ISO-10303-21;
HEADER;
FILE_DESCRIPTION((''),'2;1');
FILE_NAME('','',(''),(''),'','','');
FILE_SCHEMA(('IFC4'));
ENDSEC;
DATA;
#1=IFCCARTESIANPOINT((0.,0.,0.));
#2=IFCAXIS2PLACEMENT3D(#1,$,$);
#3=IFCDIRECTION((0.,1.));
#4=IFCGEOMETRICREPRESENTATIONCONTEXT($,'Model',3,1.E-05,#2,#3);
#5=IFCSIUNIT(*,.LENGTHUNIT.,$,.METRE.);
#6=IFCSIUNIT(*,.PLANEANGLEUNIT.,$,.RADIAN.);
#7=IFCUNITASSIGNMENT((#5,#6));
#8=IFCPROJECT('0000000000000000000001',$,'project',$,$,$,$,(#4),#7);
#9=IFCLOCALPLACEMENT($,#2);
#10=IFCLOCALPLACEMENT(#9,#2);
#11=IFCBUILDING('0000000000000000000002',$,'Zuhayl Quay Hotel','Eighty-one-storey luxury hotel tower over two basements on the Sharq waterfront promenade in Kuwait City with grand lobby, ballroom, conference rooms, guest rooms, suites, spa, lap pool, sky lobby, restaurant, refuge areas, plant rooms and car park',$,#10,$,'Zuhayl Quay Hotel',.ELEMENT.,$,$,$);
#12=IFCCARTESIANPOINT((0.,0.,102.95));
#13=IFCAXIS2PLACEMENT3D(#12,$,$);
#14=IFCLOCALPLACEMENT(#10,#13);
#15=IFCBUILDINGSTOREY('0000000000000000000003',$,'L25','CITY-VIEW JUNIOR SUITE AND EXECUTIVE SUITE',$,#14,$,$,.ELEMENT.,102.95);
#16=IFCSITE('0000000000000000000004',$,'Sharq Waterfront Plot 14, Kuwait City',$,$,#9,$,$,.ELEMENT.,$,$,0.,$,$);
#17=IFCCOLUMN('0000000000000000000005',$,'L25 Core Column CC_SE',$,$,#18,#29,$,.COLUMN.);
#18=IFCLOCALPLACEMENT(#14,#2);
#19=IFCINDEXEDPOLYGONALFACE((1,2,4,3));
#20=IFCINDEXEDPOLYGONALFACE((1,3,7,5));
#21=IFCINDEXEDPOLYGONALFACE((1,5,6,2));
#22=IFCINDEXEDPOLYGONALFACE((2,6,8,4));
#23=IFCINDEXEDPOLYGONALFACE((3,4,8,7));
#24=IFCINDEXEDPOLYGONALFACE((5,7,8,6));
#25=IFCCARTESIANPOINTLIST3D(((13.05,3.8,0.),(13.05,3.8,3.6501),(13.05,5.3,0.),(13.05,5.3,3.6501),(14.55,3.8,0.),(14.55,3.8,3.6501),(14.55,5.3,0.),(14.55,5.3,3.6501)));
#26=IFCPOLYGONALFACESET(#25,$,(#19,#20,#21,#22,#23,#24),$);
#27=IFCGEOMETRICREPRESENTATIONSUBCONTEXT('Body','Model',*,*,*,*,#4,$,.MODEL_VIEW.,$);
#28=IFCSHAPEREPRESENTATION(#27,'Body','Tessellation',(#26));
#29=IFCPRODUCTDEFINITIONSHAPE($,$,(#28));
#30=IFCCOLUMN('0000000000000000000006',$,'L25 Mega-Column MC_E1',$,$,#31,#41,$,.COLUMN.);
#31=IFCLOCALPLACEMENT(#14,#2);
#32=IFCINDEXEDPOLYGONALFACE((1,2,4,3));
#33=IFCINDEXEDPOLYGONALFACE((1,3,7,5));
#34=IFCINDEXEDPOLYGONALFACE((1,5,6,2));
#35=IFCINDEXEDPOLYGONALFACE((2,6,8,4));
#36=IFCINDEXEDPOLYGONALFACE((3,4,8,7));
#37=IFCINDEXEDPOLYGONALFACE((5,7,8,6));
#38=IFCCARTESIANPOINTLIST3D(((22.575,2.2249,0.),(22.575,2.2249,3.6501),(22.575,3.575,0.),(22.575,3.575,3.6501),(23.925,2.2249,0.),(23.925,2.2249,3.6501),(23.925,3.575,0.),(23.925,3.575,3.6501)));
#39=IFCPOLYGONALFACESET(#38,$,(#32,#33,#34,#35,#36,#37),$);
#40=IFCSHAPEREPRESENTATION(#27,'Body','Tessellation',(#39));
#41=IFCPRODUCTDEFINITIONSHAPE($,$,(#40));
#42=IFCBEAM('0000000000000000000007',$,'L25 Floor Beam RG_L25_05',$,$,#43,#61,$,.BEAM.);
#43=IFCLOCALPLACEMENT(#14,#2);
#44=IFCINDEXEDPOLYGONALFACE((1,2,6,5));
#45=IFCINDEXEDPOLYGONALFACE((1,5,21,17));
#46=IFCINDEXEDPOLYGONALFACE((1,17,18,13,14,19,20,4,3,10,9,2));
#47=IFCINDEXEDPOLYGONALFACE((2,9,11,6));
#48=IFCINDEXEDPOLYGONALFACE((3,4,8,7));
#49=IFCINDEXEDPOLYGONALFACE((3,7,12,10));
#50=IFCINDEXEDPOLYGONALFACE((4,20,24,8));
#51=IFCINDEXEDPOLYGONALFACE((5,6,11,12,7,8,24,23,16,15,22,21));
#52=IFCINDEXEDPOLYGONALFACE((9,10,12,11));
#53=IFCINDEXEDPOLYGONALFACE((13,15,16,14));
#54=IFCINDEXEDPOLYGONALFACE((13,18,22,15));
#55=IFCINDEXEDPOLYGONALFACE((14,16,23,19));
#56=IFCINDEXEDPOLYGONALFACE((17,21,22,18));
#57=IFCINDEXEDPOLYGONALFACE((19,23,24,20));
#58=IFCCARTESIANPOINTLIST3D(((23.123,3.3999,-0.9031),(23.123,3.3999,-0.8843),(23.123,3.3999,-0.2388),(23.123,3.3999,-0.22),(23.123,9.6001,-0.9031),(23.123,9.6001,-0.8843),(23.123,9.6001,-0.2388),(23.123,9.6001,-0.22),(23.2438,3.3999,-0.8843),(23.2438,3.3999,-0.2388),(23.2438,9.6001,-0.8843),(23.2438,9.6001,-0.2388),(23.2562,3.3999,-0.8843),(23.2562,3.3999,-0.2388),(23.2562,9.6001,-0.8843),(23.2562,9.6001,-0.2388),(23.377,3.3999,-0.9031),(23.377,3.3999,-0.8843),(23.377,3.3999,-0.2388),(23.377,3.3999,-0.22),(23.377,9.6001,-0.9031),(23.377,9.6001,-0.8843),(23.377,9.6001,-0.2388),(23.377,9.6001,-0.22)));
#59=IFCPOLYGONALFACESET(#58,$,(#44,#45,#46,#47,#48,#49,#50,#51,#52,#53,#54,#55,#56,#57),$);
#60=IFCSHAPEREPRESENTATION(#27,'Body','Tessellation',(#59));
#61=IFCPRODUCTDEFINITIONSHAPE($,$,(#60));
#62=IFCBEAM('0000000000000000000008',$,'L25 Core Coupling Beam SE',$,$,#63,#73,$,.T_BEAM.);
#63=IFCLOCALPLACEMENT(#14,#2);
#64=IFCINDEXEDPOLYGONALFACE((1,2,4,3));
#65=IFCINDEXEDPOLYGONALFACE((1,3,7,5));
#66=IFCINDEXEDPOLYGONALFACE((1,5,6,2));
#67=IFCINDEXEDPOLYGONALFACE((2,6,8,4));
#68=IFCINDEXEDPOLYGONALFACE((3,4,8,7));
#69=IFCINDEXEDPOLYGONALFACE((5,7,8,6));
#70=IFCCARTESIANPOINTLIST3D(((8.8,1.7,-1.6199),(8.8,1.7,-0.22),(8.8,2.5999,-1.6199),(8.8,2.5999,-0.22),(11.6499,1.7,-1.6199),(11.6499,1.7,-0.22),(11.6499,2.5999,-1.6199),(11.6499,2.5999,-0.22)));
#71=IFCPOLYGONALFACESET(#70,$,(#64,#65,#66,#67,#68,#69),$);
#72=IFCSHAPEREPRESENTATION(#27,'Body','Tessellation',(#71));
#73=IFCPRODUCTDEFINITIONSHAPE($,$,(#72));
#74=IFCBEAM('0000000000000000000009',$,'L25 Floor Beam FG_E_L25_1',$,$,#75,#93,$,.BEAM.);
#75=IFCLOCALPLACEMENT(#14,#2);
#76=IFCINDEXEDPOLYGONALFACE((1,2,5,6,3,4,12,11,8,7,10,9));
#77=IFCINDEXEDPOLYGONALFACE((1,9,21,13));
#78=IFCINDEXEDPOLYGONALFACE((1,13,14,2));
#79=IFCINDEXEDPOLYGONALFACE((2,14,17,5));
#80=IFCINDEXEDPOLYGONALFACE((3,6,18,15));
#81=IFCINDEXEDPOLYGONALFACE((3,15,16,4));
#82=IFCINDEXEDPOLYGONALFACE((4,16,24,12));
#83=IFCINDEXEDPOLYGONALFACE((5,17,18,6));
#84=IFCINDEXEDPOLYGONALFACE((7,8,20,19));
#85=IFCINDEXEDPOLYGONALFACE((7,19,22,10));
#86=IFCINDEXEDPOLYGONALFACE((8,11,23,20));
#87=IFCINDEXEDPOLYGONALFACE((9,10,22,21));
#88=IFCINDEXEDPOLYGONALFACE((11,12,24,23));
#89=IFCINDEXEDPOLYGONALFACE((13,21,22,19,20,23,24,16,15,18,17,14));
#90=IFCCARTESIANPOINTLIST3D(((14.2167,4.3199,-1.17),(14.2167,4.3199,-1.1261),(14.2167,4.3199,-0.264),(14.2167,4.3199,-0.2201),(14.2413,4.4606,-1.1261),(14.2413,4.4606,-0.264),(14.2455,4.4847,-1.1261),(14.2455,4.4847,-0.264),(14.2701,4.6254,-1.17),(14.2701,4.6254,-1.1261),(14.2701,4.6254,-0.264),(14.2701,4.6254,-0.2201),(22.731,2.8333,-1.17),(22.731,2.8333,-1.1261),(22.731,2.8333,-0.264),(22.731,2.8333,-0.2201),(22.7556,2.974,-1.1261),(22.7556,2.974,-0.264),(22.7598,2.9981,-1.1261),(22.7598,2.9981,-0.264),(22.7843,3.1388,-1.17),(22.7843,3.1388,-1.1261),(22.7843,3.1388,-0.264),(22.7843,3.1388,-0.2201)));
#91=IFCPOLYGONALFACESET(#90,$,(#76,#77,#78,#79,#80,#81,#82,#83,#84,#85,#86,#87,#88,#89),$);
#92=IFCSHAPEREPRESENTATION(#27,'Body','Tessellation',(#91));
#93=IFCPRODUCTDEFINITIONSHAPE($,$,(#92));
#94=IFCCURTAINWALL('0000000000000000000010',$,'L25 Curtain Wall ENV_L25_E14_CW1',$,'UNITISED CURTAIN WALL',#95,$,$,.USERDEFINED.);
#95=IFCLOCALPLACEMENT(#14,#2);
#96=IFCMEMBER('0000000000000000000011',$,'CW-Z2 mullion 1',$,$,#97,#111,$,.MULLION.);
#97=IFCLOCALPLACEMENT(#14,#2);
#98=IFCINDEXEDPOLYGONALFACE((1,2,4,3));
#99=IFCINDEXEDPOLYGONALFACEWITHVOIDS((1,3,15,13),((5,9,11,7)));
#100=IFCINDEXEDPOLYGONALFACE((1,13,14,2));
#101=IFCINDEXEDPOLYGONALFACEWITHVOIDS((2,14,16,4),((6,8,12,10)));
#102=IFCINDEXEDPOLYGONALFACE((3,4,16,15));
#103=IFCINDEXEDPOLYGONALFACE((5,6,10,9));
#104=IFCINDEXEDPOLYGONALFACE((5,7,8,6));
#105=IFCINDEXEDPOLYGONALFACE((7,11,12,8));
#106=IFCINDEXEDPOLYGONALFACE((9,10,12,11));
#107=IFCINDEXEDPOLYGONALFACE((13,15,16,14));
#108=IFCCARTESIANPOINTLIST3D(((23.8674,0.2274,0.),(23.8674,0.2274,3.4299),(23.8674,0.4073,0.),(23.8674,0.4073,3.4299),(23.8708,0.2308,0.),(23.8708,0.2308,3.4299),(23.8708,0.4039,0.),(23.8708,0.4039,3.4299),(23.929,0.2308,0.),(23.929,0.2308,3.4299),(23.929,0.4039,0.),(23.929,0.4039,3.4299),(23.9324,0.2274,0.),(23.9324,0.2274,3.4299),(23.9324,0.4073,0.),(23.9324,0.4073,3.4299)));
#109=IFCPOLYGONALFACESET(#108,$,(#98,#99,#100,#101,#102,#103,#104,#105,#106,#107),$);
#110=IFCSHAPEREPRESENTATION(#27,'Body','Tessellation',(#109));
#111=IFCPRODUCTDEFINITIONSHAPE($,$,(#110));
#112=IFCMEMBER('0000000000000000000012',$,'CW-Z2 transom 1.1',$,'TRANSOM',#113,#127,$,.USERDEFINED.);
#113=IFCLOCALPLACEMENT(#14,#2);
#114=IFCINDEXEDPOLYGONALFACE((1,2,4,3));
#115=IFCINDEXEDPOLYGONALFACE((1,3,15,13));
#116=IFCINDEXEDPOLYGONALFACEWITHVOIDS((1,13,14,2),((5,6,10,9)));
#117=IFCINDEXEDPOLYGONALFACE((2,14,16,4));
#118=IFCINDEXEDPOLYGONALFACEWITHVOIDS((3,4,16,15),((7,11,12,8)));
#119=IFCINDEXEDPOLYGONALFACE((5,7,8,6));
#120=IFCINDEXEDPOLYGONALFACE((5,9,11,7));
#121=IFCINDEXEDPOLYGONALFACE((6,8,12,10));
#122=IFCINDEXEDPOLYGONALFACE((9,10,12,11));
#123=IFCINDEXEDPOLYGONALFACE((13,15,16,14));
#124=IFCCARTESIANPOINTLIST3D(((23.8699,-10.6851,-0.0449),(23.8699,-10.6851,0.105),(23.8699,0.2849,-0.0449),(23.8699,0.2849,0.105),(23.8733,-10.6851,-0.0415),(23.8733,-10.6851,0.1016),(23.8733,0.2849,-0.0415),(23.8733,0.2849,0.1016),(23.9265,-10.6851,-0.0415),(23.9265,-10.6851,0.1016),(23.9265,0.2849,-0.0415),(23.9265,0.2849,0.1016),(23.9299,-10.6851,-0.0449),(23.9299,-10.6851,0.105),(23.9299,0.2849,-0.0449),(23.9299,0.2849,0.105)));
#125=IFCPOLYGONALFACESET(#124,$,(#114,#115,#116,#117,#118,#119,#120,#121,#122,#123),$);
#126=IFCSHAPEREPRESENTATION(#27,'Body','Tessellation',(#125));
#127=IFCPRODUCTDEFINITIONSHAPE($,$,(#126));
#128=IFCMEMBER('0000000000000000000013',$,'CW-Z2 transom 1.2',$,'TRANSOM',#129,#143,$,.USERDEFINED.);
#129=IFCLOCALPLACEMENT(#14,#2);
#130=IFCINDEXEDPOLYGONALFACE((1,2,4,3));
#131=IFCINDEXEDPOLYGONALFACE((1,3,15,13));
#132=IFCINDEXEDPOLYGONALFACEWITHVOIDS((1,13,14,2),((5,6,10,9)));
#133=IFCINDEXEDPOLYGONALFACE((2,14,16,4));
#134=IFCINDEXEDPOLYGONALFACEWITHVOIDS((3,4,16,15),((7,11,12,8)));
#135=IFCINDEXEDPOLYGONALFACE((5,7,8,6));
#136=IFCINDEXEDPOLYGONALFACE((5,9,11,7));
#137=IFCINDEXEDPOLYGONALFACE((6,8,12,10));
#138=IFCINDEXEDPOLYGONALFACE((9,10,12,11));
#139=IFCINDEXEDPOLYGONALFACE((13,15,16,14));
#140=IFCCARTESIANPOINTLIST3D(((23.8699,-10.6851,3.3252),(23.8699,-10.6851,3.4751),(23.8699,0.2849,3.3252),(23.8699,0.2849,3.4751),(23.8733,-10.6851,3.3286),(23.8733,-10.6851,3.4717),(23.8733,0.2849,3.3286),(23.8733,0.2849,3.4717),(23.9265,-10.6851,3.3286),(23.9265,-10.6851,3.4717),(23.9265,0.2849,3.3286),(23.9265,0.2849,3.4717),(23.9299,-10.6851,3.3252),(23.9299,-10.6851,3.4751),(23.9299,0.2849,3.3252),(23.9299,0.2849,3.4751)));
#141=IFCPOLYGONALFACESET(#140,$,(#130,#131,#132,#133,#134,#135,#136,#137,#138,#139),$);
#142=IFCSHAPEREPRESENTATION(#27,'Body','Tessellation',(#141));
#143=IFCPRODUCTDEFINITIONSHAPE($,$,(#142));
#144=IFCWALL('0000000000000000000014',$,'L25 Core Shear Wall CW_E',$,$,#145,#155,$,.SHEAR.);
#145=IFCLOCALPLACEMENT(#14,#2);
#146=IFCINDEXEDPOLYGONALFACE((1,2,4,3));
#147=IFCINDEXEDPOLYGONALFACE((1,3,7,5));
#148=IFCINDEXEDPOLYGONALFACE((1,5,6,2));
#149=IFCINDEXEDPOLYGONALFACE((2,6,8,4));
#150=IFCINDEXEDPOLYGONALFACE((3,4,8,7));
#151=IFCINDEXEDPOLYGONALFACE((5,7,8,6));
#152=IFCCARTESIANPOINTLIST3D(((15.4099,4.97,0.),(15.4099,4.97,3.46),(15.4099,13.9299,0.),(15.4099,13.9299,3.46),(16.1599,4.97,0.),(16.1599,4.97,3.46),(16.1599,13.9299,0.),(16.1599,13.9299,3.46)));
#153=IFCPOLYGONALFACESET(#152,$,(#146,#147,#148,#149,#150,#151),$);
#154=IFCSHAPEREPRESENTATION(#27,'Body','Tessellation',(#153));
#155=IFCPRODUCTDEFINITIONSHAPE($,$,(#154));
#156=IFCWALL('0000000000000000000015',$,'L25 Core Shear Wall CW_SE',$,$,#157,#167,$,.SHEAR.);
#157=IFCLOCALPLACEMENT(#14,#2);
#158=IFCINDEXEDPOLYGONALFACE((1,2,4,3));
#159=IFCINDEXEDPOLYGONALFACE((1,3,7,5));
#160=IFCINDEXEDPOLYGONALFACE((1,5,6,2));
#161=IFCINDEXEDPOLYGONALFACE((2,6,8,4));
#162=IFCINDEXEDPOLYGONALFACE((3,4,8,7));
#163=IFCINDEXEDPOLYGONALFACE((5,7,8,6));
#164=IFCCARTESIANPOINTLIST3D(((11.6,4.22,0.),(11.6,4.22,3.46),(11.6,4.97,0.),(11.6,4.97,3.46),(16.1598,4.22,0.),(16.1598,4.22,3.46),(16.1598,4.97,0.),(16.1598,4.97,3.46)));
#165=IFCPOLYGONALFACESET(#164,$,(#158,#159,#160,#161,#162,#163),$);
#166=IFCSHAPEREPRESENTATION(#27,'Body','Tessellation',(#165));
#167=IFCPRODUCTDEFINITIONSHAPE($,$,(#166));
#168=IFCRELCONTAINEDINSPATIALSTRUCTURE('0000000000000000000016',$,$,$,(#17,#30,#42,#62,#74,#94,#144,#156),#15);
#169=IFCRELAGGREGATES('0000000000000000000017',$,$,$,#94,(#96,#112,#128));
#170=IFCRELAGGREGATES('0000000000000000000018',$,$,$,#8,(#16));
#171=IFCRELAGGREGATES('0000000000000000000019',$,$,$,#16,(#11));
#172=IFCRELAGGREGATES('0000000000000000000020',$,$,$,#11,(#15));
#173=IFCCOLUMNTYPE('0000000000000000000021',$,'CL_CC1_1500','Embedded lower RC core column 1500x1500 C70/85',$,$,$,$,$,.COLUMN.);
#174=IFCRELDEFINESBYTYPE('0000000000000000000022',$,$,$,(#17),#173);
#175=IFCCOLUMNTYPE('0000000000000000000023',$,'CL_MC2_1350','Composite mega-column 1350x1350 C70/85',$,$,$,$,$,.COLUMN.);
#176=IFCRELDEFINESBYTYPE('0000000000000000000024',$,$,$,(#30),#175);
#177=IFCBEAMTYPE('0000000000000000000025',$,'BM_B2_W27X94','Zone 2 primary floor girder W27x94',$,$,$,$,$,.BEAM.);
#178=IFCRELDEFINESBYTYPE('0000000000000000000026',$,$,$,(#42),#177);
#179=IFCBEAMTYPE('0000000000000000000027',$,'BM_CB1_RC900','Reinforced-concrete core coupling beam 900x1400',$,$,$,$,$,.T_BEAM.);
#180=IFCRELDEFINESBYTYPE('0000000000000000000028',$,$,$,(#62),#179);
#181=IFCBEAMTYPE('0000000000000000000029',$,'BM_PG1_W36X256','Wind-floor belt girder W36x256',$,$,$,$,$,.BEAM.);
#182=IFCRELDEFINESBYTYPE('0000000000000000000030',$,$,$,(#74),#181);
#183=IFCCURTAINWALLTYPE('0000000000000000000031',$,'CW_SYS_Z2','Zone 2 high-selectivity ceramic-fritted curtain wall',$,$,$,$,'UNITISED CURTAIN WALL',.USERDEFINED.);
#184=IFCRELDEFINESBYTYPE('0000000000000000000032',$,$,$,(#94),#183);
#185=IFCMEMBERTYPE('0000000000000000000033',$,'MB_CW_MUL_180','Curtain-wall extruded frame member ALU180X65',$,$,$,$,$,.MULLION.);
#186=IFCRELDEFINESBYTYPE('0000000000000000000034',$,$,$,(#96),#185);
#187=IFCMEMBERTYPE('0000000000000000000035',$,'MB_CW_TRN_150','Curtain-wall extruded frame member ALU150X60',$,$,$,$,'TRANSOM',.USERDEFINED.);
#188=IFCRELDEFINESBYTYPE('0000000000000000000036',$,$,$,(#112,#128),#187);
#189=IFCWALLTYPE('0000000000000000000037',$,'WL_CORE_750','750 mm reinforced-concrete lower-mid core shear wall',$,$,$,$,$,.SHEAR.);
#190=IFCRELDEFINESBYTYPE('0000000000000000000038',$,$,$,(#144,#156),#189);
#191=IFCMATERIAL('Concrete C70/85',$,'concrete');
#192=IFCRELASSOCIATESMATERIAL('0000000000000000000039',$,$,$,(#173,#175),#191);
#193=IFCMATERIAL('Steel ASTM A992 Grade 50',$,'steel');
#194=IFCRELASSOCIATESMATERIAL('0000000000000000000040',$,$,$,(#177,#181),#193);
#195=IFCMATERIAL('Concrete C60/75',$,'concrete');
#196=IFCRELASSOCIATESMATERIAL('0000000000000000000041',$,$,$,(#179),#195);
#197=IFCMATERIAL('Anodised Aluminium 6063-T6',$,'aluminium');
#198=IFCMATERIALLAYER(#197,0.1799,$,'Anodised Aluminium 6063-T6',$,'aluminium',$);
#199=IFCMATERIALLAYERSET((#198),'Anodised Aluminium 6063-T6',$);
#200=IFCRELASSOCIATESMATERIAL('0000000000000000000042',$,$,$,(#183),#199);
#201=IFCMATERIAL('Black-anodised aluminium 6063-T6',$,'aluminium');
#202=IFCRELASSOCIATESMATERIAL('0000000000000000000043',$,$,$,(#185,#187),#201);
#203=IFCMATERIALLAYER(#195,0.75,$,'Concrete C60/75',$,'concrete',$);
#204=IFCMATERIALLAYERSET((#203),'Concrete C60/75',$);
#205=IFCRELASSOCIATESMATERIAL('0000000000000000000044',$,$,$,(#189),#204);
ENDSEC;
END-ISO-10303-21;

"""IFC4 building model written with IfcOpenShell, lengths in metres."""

from ifc_helpers import new_model, si_unit, direction, frame, frame_2d, origin, origin_2d, place, context, subcontext, project, spatial, rectangle, hollow_rectangle, i_section, extrude, material, layer, layer_set, material_profile, profile_set, type_object, element, aggregate, save


model = new_model("IFC4")

# Units and contexts
model_context = context("Model", 3, precision=1e-05, world=origin(), true_north=direction((0.0, 1.0)))
body_context = subcontext(model_context, "Body", "Model", "MODEL_VIEW")
ifc_project = project(units=[si_unit("LENGTHUNIT", "METRE"), si_unit("PLANEANGLEUNIT", "RADIAN")], contexts=[model_context])

# Site, building, storey
site_placement = place(None, origin())
site = spatial("IfcSite", under=ifc_project, at=site_placement, Name="Sharq Waterfront Plot 14, Kuwait City", CompositionType="ELEMENT", RefElevation=0.0)
building_placement = place(site_placement, origin())
building = spatial("IfcBuilding", under=site, at=building_placement, Name="Zuhayl Quay Hotel", Description="Eighty-one-storey luxury hotel tower over two basements on the Sharq waterfront promenade in Kuwait City with grand lobby, ballroom, conference rooms, guest rooms, suites, spa, lap pool, sky lobby, restaurant, refuge areas, plant rooms and car park", LongName="Zuhayl Quay Hotel", CompositionType="ELEMENT")
storey_placement = place(building_placement, frame((0.0, 0.0, 102.95)))
storey = spatial("IfcBuildingStorey", under=building, at=storey_placement, Name="L25", Description="CITY-VIEW JUNIOR SUITE AND EXECUTIVE SUITE", CompositionType="ELEMENT", Elevation=102.95)

# Columns
ifc_material_1 = material(Name="Concrete C70/85", Category="concrete")
ifc_material_profile_1 = material_profile(ifc_material_1, rectangle(XDim=1.5, YDim=1.5, at=origin_2d()), Name="RC1500X1500")
ifc_profile_set_1 = profile_set([ifc_material_profile_1], Name="Concrete C70/85")
column_type_1 = type_object("IfcColumnType", Name="CL_CC1_1500", Description="Embedded lower RC core column 1500x1500 C70/85", PredefinedType="COLUMN", material=ifc_profile_set_1)
column_1_placement = place(storey_placement, frame((13.8, 4.55, 0.0), z_axis=(0.0, 0.0, 1.0), x_axis=(1.0, 0.0, 0.0)))
element("IfcColumn", 1, at=column_1_placement, inside=storey, type_object=column_type_1, Name="L25 Core Column CC_SE", PredefinedType="COLUMN", context=body_context, shape_type="SweptSolid", body=[
    extrude(rectangle(XDim=1.5, YDim=1.5, at=origin_2d()), origin(), (0.0, 0.0, 1.0), 3.6501),
])
ifc_material_profile_2 = material_profile(ifc_material_1, rectangle(XDim=1.3501, YDim=1.3501, at=origin_2d()), Name="RC1350X1350")
ifc_profile_set_2 = profile_set([ifc_material_profile_2], Name="Concrete C70/85")
column_type_2 = type_object("IfcColumnType", Name="CL_MC2_1350", Description="Composite mega-column 1350x1350 C70/85", PredefinedType="COLUMN", material=ifc_profile_set_2)
column_2_placement = place(storey_placement, frame((23.25, 2.8999, 0.0), z_axis=(0.0, 0.0, 1.0), x_axis=(1.0, 0.0, 0.0)))
element("IfcColumn", 2, at=column_2_placement, inside=storey, type_object=column_type_2, Name="L25 Mega-Column MC_E1", PredefinedType="COLUMN", context=body_context, shape_type="SweptSolid", body=[
    extrude(rectangle(XDim=1.3501, YDim=1.3501, at=origin_2d()), origin(), (0.0, 0.0, 1.0), 3.6501),
])

# Beams
ifc_material_2 = material(Name="Steel ASTM A992 Grade 50", Category="steel")
ifc_material_profile_3 = material_profile(ifc_material_2, i_section(OverallWidth=0.2539, OverallDepth=0.6831, WebThickness=0.0125, FlangeThickness=0.0188, at=origin_2d()), Name="W27X94")
ifc_profile_set_3 = profile_set([ifc_material_profile_3], Name="Steel ASTM A992 Grade 50")
beam_type_1 = type_object("IfcBeamType", Name="BM_B2_W27X94", Description="Zone 2 primary floor girder W27x94", PredefinedType="BEAM", material=ifc_profile_set_3)
beam_1_placement = place(storey_placement, frame((23.25, 3.3999, -0.5615), z_axis=(0.0, 1.0, 0.0), x_axis=(-1.0, 0.0, 0.0)))
element("IfcBeam", 3, at=beam_1_placement, inside=storey, type_object=beam_type_1, Name="L25 Floor Beam RG_L25_05", PredefinedType="BEAM", context=body_context, shape_type="SweptSolid", body=[
    extrude(i_section(OverallWidth=0.2539, OverallDepth=0.6831, WebThickness=0.0125, FlangeThickness=0.0188, at=origin_2d()), origin(), (0.0, 0.0, 1.0), 6.2002),
])
ifc_material_3 = material(Name="Concrete C60/75", Category="concrete")
ifc_material_profile_4 = material_profile(ifc_material_3, rectangle(XDim=0.8999, YDim=1.3999, at=origin_2d()), Name="RC900X1400")
ifc_profile_set_4 = profile_set([ifc_material_profile_4], Name="Concrete C60/75")
beam_type_2 = type_object("IfcBeamType", Name="BM_CB1_RC900", Description="Reinforced-concrete core coupling beam 900x1400", PredefinedType="T_BEAM", material=ifc_profile_set_4)
beam_2_placement = place(storey_placement, frame((8.8, 2.1499, -0.9199), z_axis=(1.0, 0.0, 0.0), x_axis=(0.0, 1.0, 0.0)))
element("IfcBeam", 4, at=beam_2_placement, inside=storey, type_object=beam_type_2, Name="L25 Core Coupling Beam SE", PredefinedType="T_BEAM", context=body_context, shape_type="SweptSolid", body=[
    extrude(rectangle(XDim=0.8999, YDim=1.3999, at=origin_2d()), origin(), (0.0, 0.0, 1.0), 2.8499),
])
ifc_material_profile_5 = material_profile(ifc_material_2, i_section(OverallWidth=0.3101, OverallDepth=0.95, WebThickness=0.0244, FlangeThickness=0.0439, at=origin_2d()), Name="W36X256")
ifc_profile_set_5 = profile_set([ifc_material_profile_5], Name="Steel ASTM A992 Grade 50")
beam_type_3 = type_object("IfcBeamType", Name="BM_PG1_W36X256", Description="Wind-floor belt girder W36x256", PredefinedType="BEAM", material=ifc_profile_set_5)
beam_3_placement = place(storey_placement, frame((14.2434, 4.4727, -0.6951), z_axis=(0.985097, -0.171998, 0.0), x_axis=(0.171998, 0.985097, 0.0)))
element("IfcBeam", 5, at=beam_3_placement, inside=storey, type_object=beam_type_3, Name="L25 Floor Beam FG_E_L25_1", PredefinedType="BEAM", context=body_context, shape_type="SweptSolid", body=[
    extrude(i_section(OverallWidth=0.3101, OverallDepth=0.95, WebThickness=0.0244, FlangeThickness=0.0439, at=origin_2d()), origin(), (0.0, 0.0, 1.0), 8.6431),
])

# Curtain wall, members
ifc_material_4 = material(Name="Anodised Aluminium 6063-T6", Category="aluminium")
ifc_layer_1 = layer(ifc_material_4, 0.1799, Name="Anodised Aluminium 6063-T6", Category="aluminium")
ifc_layer_set_1 = layer_set([ifc_layer_1], Name="Anodised Aluminium 6063-T6")
curtain_wall_type = type_object("IfcCurtainWallType", Name="CW_SYS_Z2", Description="Zone 2 high-selectivity ceramic-fritted curtain wall", ElementType="UNITISED CURTAIN WALL", PredefinedType="USERDEFINED", material=ifc_layer_set_1)
curtain_wall_placement = place(storey_placement, origin())
curtain_wall = element("IfcCurtainWall", 6, at=curtain_wall_placement, inside=storey, type_object=curtain_wall_type, Name="L25 Curtain Wall ENV_L25_E14_CW1", ObjectType="UNITISED CURTAIN WALL", PredefinedType="USERDEFINED")
ifc_material_5 = material(Name="Black-anodised aluminium 6063-T6", Category="aluminium")
ifc_material_profile_6 = material_profile(ifc_material_5, hollow_rectangle(XDim=0.0649, YDim=0.1799, WallThickness=0.0034, at=origin_2d()), Name="ALU180X65")
ifc_profile_set_6 = profile_set([ifc_material_profile_6], Name="Black-anodised aluminium 6063-T6")
member_type_1 = type_object("IfcMemberType", Name="MB_CW_MUL_180", Description="Curtain-wall extruded frame member ALU180X65", PredefinedType="MULLION", material=ifc_profile_set_6)
member_1_placement = place(storey_placement, frame((23.8999, 0.3174, 0.0), z_axis=(0.0, 0.0, 1.0), x_axis=(1.0, 0.0, 0.0)))
member_1 = element("IfcMember", 7, at=member_1_placement, type_object=member_type_1, Name="CW-Z2 mullion 1", PredefinedType="MULLION", context=body_context, shape_type="SweptSolid", body=[
    extrude(hollow_rectangle(XDim=0.0649, YDim=0.1799, WallThickness=0.0034, at=origin_2d()), origin(), (0.0, 0.0, 1.0), 3.4299),
])
ifc_material_profile_7 = material_profile(ifc_material_5, hollow_rectangle(XDim=0.0601, YDim=0.1499, WallThickness=0.0034, at=origin_2d()), Name="ALU150X60")
ifc_profile_set_7 = profile_set([ifc_material_profile_7], Name="Black-anodised aluminium 6063-T6")
member_type_2 = type_object("IfcMemberType", Name="MB_CW_TRN_150", Description="Curtain-wall extruded frame member ALU150X60", ElementType="TRANSOM", PredefinedType="USERDEFINED", material=ifc_profile_set_7)
member_2_placement = place(storey_placement, frame((23.8999, 0.2849, 0.03), z_axis=(0.0, -1.0, 0.0), x_axis=(1.0, 0.0, 0.0)))
member_2 = element("IfcMember", 8, at=member_2_placement, type_object=member_type_2, Name="CW-Z2 transom 1.1", ObjectType="TRANSOM", PredefinedType="USERDEFINED", context=body_context, shape_type="SweptSolid", body=[
    extrude(hollow_rectangle(XDim=0.0601, YDim=0.1499, WallThickness=0.0034, at=origin_2d()), origin(), (0.0, 0.0, 1.0), 10.97),
])
member_3_placement = place(storey_placement, frame((23.8999, 0.2849, 3.4001), z_axis=(0.0, -1.0, 0.0), x_axis=(1.0, 0.0, 0.0)))
member_3 = element("IfcMember", 9, at=member_3_placement, type_object=member_type_2, Name="CW-Z2 transom 1.2", ObjectType="TRANSOM", PredefinedType="USERDEFINED", context=body_context, shape_type="SweptSolid", body=[
    extrude(hollow_rectangle(XDim=0.0601, YDim=0.1499, WallThickness=0.0034, at=origin_2d()), origin(), (0.0, 0.0, 1.0), 10.97),
])
aggregate(curtain_wall, [member_1, member_2, member_3])

# Walls
ifc_layer_2 = layer(ifc_material_3, 0.75, Name="Concrete C60/75", Category="concrete")
ifc_layer_set_2 = layer_set([ifc_layer_2], Name="Concrete C60/75")
wall_type_1 = type_object("IfcWallType", Name="WL_CORE_750", Description="750 mm reinforced-concrete lower-mid core shear wall", PredefinedType="SHEAR", material=ifc_layer_set_2)
wall_1_placement = place(storey_placement, frame((15.7849, 4.97, 0.0), z_axis=(0.0, 0.0, 1.0), x_axis=(0.0, 1.0, 0.0)))
element("IfcWall", 10, at=wall_1_placement, inside=storey, type_object=wall_type_1, Name="L25 Core Shear Wall CW_E", PredefinedType="SHEAR", context=body_context, shape_type="SweptSolid", body=[
    extrude(rectangle(XDim=8.96, YDim=0.75, at=frame_2d((4.48, 0.0))), origin(), (0.0, 0.0, 1.0), 3.46),
])
wall_2_placement = place(storey_placement, frame((11.6001, 4.595, 0.0), z_axis=(0.0, 0.0, 1.0), x_axis=(1.0, 0.0, 0.0)))
element("IfcWall", 11, at=wall_2_placement, inside=storey, type_object=wall_type_1, Name="L25 Core Shear Wall CW_SE", PredefinedType="SHEAR", context=body_context, shape_type="SweptSolid", body=[
    extrude(rectangle(XDim=4.5598, YDim=0.75, at=frame_2d((2.2798, 0.0))), origin(), (0.0, 0.0, 1.0), 3.46),
])

save(model, "model.ifc")
